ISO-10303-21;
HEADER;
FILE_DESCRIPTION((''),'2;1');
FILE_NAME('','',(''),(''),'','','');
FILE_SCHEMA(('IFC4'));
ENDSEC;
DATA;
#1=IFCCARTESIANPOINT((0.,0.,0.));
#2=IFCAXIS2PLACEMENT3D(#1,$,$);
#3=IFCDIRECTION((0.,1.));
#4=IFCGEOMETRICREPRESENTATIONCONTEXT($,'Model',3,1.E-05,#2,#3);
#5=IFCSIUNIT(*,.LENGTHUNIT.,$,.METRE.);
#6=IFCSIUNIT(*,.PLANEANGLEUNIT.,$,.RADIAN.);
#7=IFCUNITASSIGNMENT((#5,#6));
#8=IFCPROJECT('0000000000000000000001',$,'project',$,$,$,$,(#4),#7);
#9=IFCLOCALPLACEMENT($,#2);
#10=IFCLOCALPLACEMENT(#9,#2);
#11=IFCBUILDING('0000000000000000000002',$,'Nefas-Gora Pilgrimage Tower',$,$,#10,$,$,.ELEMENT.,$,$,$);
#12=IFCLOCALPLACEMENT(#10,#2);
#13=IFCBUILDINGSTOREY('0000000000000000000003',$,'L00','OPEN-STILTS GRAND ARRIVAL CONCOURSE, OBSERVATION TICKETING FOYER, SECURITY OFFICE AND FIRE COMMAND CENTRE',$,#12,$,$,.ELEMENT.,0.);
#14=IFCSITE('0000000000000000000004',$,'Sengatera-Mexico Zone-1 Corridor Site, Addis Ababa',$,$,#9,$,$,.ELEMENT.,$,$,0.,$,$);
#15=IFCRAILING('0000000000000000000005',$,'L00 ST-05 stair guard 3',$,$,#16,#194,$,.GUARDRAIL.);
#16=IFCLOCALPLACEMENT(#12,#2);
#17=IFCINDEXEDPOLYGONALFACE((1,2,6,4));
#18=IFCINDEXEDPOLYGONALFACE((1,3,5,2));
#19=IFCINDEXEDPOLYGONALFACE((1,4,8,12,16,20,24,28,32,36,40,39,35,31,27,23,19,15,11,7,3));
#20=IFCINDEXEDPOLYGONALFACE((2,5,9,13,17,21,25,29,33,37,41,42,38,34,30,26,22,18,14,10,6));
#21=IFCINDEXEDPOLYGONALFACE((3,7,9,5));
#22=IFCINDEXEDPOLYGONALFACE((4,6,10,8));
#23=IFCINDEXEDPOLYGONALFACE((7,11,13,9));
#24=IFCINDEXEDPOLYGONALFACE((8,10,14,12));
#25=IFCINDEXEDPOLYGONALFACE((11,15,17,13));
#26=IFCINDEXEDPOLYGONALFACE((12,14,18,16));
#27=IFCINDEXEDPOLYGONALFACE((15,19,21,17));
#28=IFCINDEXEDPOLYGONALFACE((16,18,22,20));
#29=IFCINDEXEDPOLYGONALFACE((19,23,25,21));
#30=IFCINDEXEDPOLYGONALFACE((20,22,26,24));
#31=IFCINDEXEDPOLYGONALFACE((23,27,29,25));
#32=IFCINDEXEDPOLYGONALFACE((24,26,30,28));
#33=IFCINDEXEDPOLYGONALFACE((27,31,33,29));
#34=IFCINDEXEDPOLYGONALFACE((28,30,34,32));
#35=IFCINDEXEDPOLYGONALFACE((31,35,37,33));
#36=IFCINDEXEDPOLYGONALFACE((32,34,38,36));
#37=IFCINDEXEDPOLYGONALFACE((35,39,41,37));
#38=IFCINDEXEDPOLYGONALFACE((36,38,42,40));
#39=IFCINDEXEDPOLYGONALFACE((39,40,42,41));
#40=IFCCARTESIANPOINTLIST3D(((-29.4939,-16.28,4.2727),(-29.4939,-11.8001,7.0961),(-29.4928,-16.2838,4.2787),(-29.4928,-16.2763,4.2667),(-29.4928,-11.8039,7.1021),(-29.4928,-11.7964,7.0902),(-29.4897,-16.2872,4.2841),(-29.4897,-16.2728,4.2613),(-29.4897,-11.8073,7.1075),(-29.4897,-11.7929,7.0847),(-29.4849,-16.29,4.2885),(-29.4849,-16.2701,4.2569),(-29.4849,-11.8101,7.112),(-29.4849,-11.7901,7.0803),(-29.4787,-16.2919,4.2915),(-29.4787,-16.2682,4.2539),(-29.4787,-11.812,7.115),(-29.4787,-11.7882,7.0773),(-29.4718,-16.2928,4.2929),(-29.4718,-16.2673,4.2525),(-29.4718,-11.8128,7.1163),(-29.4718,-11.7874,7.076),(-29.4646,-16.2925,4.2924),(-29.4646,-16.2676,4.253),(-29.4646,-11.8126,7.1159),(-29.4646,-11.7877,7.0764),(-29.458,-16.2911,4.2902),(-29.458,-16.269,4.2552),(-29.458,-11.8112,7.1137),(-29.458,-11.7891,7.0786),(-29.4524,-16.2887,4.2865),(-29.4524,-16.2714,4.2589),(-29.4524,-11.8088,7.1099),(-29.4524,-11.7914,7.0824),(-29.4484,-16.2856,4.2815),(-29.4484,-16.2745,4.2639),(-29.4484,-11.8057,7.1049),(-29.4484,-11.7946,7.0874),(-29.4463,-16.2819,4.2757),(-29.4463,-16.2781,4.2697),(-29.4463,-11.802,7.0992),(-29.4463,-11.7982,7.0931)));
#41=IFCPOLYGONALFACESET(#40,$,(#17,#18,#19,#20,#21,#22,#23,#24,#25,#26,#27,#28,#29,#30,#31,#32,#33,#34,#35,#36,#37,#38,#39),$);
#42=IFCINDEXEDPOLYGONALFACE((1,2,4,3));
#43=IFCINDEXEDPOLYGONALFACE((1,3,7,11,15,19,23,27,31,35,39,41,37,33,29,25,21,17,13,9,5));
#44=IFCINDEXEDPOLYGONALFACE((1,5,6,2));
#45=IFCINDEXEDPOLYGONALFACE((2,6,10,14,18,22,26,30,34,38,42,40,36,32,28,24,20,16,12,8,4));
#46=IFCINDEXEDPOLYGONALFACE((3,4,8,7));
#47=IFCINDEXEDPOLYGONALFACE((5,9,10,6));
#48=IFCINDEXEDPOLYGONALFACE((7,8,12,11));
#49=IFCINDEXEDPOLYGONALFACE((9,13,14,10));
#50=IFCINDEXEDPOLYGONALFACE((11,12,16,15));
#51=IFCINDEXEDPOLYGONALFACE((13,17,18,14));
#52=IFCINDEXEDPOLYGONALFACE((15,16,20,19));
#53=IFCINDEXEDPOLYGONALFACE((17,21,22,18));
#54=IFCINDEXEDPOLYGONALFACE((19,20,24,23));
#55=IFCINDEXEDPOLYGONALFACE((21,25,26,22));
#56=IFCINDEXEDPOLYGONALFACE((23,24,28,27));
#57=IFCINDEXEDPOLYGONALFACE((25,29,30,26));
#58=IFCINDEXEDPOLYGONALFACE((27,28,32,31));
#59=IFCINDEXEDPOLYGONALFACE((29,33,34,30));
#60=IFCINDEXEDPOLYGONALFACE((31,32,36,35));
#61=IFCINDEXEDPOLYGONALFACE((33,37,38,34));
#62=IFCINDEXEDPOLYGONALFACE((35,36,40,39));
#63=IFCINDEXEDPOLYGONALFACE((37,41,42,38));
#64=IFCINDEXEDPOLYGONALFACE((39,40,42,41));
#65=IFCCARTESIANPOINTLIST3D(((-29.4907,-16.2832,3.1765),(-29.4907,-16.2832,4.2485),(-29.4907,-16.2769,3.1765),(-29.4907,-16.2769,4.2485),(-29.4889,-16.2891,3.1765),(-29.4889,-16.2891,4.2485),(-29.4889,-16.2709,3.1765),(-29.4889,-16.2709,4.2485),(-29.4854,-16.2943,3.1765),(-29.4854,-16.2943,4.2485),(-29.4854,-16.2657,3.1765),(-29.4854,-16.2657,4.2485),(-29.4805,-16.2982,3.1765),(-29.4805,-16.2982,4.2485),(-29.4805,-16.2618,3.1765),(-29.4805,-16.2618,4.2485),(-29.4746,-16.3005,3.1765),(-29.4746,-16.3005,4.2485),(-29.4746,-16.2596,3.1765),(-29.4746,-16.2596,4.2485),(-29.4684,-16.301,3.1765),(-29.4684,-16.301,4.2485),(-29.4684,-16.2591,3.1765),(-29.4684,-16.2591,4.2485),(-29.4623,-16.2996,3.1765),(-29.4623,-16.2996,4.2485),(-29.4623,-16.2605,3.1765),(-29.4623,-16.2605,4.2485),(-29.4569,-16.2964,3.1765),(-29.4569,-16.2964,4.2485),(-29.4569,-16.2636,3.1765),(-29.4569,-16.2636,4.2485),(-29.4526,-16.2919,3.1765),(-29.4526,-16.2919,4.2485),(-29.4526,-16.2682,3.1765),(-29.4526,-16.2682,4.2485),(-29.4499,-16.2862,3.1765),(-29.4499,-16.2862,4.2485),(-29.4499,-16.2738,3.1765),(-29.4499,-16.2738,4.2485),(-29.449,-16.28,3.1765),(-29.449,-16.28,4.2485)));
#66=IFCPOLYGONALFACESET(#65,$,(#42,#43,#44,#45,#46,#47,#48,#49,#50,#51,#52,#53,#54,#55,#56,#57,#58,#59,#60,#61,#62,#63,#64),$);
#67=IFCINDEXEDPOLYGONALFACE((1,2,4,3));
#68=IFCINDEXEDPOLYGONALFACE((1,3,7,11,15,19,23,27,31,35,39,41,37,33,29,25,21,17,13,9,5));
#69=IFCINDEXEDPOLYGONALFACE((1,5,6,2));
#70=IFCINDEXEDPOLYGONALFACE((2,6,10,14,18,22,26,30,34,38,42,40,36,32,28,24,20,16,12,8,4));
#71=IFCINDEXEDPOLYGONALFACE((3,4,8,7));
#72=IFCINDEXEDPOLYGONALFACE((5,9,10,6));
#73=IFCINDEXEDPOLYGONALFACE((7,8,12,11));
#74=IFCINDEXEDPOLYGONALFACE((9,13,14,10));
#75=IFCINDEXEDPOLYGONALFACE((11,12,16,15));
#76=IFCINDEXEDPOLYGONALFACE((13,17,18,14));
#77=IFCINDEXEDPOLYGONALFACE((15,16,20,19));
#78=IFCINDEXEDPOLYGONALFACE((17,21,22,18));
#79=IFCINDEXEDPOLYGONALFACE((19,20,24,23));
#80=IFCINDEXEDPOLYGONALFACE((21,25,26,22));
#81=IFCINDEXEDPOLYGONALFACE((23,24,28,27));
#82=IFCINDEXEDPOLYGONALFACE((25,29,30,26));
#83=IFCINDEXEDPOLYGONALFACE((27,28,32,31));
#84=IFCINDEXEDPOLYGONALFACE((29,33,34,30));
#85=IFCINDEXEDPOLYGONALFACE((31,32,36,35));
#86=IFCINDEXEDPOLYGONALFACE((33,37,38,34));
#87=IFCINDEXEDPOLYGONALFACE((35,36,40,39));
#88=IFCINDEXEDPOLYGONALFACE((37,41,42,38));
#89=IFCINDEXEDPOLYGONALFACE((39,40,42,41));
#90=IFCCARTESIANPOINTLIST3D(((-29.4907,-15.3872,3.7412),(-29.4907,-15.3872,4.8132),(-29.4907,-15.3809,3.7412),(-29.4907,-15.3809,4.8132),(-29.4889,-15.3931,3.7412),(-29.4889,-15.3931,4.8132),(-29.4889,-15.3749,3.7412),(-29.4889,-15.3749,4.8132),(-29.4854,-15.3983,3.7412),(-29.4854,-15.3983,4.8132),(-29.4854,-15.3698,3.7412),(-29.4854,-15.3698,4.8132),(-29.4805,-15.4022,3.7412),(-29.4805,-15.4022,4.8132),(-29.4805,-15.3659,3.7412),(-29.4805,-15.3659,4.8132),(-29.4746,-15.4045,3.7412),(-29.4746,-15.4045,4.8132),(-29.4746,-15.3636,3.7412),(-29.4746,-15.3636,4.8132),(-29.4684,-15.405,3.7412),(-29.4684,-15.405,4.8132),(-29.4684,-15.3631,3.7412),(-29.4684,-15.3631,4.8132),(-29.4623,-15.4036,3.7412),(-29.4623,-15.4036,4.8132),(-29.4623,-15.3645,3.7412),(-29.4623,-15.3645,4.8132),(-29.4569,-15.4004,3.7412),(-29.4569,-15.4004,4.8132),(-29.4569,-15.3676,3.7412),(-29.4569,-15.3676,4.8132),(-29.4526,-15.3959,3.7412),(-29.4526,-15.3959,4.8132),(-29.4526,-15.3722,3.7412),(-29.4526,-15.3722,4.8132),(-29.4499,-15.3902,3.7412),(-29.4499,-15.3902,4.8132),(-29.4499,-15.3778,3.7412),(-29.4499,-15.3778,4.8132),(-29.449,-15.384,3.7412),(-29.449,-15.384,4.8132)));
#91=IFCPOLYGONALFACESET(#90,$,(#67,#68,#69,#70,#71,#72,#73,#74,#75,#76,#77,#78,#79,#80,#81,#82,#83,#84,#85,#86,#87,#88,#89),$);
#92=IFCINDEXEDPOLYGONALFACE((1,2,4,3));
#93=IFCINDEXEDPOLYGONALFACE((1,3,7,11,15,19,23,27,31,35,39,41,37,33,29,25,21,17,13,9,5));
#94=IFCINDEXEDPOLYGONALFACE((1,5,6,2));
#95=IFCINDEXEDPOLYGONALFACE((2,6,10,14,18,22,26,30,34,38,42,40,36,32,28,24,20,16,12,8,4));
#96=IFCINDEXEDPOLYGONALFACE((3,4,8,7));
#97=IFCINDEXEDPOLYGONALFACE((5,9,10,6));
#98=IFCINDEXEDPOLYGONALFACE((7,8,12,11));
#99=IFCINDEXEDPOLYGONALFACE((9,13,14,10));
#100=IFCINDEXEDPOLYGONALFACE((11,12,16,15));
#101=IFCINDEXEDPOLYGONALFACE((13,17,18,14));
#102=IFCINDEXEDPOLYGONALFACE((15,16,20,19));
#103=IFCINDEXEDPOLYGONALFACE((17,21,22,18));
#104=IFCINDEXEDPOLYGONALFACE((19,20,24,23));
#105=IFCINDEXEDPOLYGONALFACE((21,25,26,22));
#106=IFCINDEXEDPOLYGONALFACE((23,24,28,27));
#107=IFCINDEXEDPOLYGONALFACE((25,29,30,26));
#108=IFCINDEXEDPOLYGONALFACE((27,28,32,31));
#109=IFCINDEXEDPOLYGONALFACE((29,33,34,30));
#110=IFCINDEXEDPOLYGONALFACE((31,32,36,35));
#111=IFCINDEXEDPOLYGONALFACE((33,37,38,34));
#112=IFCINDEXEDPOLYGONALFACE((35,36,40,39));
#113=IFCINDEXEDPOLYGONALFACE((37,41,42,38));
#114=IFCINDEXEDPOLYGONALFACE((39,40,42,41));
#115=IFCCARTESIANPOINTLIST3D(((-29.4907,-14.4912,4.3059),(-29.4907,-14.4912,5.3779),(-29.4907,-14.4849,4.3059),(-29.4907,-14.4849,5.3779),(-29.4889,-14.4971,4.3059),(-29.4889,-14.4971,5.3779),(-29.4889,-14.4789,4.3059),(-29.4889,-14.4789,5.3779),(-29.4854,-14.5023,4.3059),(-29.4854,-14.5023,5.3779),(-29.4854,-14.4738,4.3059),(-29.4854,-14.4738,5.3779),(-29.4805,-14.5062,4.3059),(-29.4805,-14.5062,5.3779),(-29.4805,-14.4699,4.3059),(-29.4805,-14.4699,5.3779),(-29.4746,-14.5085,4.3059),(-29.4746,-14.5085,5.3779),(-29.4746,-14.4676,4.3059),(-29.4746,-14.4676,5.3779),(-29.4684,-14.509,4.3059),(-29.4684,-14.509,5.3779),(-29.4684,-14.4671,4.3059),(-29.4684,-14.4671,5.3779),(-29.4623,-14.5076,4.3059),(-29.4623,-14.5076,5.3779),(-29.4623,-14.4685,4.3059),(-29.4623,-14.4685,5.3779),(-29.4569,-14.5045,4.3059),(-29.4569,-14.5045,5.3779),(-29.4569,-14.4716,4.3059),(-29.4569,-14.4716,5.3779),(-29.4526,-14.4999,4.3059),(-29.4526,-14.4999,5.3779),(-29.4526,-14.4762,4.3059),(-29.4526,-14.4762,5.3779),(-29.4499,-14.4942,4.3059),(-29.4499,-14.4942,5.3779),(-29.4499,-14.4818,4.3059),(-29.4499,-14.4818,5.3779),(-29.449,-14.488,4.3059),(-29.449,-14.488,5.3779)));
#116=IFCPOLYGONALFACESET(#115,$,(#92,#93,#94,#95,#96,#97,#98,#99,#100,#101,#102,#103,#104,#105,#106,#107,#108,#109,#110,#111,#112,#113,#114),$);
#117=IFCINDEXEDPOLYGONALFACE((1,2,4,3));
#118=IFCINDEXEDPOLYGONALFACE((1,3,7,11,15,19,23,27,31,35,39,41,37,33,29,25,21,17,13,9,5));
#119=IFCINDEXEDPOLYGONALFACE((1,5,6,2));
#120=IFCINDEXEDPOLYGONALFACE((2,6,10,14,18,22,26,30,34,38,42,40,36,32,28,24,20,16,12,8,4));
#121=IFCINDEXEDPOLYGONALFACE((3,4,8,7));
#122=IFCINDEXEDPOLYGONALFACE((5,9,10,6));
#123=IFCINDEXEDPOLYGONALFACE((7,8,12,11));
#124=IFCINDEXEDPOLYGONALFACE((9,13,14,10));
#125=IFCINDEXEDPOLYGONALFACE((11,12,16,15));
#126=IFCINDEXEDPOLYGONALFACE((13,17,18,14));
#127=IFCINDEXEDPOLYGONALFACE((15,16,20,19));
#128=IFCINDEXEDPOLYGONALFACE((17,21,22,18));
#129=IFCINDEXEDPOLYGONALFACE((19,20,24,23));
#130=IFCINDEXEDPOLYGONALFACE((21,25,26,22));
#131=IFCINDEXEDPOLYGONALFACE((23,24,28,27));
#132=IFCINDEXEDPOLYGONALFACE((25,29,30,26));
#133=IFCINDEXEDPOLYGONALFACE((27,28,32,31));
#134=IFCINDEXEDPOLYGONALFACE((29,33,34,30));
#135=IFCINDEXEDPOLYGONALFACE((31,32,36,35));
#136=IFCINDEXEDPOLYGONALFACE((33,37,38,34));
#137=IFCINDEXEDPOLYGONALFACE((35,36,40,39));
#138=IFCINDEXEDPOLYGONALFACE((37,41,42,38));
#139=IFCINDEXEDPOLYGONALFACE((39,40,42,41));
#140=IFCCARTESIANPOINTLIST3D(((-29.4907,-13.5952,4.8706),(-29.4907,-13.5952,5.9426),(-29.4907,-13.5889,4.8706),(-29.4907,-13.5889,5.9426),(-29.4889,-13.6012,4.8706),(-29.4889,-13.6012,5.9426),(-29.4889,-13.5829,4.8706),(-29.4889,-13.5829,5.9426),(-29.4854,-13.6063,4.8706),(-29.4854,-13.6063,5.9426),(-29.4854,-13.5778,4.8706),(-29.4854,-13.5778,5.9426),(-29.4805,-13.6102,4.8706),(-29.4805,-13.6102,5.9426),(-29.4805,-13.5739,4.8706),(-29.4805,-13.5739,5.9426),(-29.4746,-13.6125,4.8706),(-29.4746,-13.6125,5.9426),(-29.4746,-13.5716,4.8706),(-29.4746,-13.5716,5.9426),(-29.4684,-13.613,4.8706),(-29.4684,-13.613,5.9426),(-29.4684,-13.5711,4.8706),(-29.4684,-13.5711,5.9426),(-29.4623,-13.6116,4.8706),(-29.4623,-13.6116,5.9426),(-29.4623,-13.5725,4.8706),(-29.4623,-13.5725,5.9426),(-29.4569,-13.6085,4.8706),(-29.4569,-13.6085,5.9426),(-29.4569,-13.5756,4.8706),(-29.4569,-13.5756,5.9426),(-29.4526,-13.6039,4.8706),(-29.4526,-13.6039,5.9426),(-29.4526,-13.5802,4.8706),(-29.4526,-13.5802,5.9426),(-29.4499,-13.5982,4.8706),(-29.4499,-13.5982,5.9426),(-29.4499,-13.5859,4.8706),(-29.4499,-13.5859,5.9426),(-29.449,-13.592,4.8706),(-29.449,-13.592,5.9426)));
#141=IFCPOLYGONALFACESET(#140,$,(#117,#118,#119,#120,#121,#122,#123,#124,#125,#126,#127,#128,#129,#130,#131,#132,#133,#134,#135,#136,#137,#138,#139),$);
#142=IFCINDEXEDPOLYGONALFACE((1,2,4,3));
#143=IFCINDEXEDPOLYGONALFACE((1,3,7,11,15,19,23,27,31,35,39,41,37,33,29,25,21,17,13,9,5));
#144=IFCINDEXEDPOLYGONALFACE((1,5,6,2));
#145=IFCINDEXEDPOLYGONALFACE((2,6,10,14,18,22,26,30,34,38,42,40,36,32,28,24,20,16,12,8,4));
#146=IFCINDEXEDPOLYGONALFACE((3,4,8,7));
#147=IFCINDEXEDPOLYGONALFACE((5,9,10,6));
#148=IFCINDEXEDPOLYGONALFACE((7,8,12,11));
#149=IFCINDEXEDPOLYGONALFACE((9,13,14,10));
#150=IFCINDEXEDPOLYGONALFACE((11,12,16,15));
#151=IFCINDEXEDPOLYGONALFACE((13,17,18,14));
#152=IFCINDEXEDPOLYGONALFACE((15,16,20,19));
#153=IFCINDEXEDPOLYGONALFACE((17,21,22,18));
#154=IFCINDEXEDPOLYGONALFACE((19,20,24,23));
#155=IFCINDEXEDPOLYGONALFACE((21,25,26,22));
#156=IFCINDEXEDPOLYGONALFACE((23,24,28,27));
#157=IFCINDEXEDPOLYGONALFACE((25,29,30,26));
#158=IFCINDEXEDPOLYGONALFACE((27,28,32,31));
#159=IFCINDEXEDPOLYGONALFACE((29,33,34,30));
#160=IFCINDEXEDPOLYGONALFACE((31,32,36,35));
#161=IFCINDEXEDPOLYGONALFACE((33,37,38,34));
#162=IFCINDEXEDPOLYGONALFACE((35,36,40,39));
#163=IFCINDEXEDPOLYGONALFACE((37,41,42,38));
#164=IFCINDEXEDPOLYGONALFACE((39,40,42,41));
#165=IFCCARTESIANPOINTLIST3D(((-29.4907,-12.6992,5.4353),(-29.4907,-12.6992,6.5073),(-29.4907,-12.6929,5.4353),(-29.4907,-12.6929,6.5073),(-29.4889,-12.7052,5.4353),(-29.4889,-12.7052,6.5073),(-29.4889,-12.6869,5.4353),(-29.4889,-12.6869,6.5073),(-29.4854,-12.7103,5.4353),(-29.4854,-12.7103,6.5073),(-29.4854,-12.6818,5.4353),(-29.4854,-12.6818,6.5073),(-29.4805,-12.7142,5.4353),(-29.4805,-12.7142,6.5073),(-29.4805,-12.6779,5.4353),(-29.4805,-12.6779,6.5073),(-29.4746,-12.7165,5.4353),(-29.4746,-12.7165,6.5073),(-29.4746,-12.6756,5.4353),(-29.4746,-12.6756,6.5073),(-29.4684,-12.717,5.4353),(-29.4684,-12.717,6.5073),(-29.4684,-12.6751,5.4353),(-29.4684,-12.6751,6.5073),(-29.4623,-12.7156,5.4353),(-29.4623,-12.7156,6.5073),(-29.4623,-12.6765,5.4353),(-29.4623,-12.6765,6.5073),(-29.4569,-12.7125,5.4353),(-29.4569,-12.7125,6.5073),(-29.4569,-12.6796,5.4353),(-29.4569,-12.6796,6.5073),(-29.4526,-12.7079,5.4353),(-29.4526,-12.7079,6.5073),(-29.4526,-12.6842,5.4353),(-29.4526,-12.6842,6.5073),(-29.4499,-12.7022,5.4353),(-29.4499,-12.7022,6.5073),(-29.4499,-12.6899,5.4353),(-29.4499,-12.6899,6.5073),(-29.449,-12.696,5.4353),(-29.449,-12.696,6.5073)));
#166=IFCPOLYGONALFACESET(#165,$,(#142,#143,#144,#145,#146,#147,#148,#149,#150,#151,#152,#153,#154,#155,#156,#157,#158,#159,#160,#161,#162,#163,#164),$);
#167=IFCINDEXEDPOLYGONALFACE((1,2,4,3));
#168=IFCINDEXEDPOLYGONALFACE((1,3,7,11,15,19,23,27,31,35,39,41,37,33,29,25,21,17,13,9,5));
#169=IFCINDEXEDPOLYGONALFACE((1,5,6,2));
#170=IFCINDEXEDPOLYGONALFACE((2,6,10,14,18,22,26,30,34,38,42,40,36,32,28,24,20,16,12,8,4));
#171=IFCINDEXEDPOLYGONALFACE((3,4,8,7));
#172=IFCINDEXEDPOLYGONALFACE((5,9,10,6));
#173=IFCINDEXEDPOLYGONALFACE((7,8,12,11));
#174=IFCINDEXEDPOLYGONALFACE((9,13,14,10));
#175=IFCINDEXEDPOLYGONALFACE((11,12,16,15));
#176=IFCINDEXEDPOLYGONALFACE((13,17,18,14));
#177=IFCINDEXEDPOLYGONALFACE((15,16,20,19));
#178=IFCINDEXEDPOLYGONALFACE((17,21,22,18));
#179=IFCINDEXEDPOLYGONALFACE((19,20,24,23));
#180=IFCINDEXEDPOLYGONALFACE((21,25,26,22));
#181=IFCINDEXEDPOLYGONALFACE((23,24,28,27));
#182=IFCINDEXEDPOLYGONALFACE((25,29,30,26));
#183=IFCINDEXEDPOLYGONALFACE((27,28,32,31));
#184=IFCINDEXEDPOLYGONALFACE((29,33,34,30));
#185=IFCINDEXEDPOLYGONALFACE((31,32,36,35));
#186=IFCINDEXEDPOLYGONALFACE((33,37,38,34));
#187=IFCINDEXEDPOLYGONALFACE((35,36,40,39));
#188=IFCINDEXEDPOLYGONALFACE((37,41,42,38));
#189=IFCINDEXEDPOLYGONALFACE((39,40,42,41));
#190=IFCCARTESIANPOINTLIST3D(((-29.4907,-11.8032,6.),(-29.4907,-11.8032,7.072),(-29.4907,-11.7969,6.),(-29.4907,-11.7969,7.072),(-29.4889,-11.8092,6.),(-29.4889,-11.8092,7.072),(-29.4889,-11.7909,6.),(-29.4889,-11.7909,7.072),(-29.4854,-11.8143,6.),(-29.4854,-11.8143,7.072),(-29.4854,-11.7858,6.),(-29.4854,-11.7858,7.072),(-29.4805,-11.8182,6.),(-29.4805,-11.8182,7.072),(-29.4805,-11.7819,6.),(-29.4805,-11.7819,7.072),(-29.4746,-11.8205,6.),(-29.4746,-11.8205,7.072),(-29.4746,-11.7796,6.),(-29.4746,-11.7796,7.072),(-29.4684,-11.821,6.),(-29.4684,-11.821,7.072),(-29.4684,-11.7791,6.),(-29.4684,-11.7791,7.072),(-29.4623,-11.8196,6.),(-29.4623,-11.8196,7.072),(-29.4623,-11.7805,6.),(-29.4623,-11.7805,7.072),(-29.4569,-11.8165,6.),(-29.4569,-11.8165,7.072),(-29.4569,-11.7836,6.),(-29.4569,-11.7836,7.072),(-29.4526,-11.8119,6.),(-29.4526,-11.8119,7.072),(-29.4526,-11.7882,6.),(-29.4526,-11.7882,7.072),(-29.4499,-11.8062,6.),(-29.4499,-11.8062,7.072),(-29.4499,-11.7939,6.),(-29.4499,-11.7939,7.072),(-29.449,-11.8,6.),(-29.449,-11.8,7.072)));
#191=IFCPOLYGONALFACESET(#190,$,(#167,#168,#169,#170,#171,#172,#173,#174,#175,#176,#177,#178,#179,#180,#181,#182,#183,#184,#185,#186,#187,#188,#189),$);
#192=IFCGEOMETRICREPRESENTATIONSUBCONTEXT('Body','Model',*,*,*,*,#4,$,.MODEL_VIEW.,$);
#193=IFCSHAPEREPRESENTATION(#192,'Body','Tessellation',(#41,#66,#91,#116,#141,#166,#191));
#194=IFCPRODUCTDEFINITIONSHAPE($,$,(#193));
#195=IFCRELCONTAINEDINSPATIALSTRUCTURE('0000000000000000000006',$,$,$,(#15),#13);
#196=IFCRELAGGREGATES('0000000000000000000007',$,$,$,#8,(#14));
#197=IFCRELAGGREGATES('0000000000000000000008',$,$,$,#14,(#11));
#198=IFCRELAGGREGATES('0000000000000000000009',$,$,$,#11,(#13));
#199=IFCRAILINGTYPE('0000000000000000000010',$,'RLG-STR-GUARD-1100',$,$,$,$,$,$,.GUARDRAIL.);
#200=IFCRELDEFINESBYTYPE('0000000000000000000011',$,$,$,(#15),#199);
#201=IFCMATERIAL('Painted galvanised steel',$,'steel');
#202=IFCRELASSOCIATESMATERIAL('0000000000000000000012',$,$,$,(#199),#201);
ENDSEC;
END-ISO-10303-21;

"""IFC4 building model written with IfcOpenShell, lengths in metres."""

from ifc_helpers import new_model, si_unit, direction, frame, origin, origin_2d, place, context, subcontext, project, spatial, circle, extrude, material, type_object, element, save


model = new_model("IFC4")

# Units and contexts
model_context = context("Model", 3, precision=1e-05, world=origin(), true_north=direction((0.0, 1.0)))
body_context = subcontext(model_context, "Body", "Model", "MODEL_VIEW")
ifc_project = project(units=[si_unit("LENGTHUNIT", "METRE"), si_unit("PLANEANGLEUNIT", "RADIAN")], contexts=[model_context])

# Site, building, storey
site_placement = place(None, origin())
site = spatial("IfcSite", under=ifc_project, at=site_placement, Name="Sengatera-Mexico Zone-1 Corridor Site, Addis Ababa", CompositionType="ELEMENT", RefElevation=0.0)
building_placement = place(site_placement, origin())
building = spatial("IfcBuilding", under=site, at=building_placement, Name="Nefas-Gora Pilgrimage Tower", CompositionType="ELEMENT")
storey_placement = place(building_placement, origin())
storey = spatial("IfcBuildingStorey", under=building, at=storey_placement, Name="L00", Description="OPEN-STILTS GRAND ARRIVAL CONCOURSE, OBSERVATION TICKETING FOYER, SECURITY OFFICE AND FIRE COMMAND CENTRE", CompositionType="ELEMENT", Elevation=0.0)

# Railing
ifc_material_1 = material(Name="Painted galvanised steel", Category="steel")
railing_type_1 = type_object("IfcRailingType", Name="RLG-STR-GUARD-1100", PredefinedType="GUARDRAIL", material=ifc_material_1)
railing_1_placement = place(storey_placement, frame((-29.47, -16.28, 3.1765)))
element("IfcRailing", 1, at=railing_1_placement, inside=storey, type_object=railing_type_1, Name="L00 ST-05 stair guard 3", PredefinedType="GUARDRAIL", context=body_context, shape_type="SweptSolid", body=[
    extrude(circle(Radius=0.0239, at=origin_2d()), frame((0.0, 0.0, 1.0962), z_axis=(0.0, 0.845998, 0.533186), x_axis=(-1.0, 0.0, 0.0)), (0.0, 0.0, 1.0), 5.2954),
    extrude(circle(Radius=0.021, at=origin_2d()), origin(), (0.0, 0.0, 1.0), 1.072),
    extrude(circle(Radius=0.021, at=origin_2d()), frame((0.0, 0.896, 0.5647)), (0.0, 0.0, 1.0), 1.072),
    extrude(circle(Radius=0.021, at=origin_2d()), frame((0.0, 1.792, 1.1294)), (0.0, 0.0, 1.0), 1.072),
    extrude(circle(Radius=0.021, at=origin_2d()), frame((0.0, 2.688, 1.6941)), (0.0, 0.0, 1.0), 1.072),
    extrude(circle(Radius=0.021, at=origin_2d()), frame((0.0, 3.584, 2.2588)), (0.0, 0.0, 1.0), 1.072),
    extrude(circle(Radius=0.021, at=origin_2d()), frame((0.0, 4.48, 2.8235)), (0.0, 0.0, 1.0), 1.072),
])

save(model, "model.ifc")
